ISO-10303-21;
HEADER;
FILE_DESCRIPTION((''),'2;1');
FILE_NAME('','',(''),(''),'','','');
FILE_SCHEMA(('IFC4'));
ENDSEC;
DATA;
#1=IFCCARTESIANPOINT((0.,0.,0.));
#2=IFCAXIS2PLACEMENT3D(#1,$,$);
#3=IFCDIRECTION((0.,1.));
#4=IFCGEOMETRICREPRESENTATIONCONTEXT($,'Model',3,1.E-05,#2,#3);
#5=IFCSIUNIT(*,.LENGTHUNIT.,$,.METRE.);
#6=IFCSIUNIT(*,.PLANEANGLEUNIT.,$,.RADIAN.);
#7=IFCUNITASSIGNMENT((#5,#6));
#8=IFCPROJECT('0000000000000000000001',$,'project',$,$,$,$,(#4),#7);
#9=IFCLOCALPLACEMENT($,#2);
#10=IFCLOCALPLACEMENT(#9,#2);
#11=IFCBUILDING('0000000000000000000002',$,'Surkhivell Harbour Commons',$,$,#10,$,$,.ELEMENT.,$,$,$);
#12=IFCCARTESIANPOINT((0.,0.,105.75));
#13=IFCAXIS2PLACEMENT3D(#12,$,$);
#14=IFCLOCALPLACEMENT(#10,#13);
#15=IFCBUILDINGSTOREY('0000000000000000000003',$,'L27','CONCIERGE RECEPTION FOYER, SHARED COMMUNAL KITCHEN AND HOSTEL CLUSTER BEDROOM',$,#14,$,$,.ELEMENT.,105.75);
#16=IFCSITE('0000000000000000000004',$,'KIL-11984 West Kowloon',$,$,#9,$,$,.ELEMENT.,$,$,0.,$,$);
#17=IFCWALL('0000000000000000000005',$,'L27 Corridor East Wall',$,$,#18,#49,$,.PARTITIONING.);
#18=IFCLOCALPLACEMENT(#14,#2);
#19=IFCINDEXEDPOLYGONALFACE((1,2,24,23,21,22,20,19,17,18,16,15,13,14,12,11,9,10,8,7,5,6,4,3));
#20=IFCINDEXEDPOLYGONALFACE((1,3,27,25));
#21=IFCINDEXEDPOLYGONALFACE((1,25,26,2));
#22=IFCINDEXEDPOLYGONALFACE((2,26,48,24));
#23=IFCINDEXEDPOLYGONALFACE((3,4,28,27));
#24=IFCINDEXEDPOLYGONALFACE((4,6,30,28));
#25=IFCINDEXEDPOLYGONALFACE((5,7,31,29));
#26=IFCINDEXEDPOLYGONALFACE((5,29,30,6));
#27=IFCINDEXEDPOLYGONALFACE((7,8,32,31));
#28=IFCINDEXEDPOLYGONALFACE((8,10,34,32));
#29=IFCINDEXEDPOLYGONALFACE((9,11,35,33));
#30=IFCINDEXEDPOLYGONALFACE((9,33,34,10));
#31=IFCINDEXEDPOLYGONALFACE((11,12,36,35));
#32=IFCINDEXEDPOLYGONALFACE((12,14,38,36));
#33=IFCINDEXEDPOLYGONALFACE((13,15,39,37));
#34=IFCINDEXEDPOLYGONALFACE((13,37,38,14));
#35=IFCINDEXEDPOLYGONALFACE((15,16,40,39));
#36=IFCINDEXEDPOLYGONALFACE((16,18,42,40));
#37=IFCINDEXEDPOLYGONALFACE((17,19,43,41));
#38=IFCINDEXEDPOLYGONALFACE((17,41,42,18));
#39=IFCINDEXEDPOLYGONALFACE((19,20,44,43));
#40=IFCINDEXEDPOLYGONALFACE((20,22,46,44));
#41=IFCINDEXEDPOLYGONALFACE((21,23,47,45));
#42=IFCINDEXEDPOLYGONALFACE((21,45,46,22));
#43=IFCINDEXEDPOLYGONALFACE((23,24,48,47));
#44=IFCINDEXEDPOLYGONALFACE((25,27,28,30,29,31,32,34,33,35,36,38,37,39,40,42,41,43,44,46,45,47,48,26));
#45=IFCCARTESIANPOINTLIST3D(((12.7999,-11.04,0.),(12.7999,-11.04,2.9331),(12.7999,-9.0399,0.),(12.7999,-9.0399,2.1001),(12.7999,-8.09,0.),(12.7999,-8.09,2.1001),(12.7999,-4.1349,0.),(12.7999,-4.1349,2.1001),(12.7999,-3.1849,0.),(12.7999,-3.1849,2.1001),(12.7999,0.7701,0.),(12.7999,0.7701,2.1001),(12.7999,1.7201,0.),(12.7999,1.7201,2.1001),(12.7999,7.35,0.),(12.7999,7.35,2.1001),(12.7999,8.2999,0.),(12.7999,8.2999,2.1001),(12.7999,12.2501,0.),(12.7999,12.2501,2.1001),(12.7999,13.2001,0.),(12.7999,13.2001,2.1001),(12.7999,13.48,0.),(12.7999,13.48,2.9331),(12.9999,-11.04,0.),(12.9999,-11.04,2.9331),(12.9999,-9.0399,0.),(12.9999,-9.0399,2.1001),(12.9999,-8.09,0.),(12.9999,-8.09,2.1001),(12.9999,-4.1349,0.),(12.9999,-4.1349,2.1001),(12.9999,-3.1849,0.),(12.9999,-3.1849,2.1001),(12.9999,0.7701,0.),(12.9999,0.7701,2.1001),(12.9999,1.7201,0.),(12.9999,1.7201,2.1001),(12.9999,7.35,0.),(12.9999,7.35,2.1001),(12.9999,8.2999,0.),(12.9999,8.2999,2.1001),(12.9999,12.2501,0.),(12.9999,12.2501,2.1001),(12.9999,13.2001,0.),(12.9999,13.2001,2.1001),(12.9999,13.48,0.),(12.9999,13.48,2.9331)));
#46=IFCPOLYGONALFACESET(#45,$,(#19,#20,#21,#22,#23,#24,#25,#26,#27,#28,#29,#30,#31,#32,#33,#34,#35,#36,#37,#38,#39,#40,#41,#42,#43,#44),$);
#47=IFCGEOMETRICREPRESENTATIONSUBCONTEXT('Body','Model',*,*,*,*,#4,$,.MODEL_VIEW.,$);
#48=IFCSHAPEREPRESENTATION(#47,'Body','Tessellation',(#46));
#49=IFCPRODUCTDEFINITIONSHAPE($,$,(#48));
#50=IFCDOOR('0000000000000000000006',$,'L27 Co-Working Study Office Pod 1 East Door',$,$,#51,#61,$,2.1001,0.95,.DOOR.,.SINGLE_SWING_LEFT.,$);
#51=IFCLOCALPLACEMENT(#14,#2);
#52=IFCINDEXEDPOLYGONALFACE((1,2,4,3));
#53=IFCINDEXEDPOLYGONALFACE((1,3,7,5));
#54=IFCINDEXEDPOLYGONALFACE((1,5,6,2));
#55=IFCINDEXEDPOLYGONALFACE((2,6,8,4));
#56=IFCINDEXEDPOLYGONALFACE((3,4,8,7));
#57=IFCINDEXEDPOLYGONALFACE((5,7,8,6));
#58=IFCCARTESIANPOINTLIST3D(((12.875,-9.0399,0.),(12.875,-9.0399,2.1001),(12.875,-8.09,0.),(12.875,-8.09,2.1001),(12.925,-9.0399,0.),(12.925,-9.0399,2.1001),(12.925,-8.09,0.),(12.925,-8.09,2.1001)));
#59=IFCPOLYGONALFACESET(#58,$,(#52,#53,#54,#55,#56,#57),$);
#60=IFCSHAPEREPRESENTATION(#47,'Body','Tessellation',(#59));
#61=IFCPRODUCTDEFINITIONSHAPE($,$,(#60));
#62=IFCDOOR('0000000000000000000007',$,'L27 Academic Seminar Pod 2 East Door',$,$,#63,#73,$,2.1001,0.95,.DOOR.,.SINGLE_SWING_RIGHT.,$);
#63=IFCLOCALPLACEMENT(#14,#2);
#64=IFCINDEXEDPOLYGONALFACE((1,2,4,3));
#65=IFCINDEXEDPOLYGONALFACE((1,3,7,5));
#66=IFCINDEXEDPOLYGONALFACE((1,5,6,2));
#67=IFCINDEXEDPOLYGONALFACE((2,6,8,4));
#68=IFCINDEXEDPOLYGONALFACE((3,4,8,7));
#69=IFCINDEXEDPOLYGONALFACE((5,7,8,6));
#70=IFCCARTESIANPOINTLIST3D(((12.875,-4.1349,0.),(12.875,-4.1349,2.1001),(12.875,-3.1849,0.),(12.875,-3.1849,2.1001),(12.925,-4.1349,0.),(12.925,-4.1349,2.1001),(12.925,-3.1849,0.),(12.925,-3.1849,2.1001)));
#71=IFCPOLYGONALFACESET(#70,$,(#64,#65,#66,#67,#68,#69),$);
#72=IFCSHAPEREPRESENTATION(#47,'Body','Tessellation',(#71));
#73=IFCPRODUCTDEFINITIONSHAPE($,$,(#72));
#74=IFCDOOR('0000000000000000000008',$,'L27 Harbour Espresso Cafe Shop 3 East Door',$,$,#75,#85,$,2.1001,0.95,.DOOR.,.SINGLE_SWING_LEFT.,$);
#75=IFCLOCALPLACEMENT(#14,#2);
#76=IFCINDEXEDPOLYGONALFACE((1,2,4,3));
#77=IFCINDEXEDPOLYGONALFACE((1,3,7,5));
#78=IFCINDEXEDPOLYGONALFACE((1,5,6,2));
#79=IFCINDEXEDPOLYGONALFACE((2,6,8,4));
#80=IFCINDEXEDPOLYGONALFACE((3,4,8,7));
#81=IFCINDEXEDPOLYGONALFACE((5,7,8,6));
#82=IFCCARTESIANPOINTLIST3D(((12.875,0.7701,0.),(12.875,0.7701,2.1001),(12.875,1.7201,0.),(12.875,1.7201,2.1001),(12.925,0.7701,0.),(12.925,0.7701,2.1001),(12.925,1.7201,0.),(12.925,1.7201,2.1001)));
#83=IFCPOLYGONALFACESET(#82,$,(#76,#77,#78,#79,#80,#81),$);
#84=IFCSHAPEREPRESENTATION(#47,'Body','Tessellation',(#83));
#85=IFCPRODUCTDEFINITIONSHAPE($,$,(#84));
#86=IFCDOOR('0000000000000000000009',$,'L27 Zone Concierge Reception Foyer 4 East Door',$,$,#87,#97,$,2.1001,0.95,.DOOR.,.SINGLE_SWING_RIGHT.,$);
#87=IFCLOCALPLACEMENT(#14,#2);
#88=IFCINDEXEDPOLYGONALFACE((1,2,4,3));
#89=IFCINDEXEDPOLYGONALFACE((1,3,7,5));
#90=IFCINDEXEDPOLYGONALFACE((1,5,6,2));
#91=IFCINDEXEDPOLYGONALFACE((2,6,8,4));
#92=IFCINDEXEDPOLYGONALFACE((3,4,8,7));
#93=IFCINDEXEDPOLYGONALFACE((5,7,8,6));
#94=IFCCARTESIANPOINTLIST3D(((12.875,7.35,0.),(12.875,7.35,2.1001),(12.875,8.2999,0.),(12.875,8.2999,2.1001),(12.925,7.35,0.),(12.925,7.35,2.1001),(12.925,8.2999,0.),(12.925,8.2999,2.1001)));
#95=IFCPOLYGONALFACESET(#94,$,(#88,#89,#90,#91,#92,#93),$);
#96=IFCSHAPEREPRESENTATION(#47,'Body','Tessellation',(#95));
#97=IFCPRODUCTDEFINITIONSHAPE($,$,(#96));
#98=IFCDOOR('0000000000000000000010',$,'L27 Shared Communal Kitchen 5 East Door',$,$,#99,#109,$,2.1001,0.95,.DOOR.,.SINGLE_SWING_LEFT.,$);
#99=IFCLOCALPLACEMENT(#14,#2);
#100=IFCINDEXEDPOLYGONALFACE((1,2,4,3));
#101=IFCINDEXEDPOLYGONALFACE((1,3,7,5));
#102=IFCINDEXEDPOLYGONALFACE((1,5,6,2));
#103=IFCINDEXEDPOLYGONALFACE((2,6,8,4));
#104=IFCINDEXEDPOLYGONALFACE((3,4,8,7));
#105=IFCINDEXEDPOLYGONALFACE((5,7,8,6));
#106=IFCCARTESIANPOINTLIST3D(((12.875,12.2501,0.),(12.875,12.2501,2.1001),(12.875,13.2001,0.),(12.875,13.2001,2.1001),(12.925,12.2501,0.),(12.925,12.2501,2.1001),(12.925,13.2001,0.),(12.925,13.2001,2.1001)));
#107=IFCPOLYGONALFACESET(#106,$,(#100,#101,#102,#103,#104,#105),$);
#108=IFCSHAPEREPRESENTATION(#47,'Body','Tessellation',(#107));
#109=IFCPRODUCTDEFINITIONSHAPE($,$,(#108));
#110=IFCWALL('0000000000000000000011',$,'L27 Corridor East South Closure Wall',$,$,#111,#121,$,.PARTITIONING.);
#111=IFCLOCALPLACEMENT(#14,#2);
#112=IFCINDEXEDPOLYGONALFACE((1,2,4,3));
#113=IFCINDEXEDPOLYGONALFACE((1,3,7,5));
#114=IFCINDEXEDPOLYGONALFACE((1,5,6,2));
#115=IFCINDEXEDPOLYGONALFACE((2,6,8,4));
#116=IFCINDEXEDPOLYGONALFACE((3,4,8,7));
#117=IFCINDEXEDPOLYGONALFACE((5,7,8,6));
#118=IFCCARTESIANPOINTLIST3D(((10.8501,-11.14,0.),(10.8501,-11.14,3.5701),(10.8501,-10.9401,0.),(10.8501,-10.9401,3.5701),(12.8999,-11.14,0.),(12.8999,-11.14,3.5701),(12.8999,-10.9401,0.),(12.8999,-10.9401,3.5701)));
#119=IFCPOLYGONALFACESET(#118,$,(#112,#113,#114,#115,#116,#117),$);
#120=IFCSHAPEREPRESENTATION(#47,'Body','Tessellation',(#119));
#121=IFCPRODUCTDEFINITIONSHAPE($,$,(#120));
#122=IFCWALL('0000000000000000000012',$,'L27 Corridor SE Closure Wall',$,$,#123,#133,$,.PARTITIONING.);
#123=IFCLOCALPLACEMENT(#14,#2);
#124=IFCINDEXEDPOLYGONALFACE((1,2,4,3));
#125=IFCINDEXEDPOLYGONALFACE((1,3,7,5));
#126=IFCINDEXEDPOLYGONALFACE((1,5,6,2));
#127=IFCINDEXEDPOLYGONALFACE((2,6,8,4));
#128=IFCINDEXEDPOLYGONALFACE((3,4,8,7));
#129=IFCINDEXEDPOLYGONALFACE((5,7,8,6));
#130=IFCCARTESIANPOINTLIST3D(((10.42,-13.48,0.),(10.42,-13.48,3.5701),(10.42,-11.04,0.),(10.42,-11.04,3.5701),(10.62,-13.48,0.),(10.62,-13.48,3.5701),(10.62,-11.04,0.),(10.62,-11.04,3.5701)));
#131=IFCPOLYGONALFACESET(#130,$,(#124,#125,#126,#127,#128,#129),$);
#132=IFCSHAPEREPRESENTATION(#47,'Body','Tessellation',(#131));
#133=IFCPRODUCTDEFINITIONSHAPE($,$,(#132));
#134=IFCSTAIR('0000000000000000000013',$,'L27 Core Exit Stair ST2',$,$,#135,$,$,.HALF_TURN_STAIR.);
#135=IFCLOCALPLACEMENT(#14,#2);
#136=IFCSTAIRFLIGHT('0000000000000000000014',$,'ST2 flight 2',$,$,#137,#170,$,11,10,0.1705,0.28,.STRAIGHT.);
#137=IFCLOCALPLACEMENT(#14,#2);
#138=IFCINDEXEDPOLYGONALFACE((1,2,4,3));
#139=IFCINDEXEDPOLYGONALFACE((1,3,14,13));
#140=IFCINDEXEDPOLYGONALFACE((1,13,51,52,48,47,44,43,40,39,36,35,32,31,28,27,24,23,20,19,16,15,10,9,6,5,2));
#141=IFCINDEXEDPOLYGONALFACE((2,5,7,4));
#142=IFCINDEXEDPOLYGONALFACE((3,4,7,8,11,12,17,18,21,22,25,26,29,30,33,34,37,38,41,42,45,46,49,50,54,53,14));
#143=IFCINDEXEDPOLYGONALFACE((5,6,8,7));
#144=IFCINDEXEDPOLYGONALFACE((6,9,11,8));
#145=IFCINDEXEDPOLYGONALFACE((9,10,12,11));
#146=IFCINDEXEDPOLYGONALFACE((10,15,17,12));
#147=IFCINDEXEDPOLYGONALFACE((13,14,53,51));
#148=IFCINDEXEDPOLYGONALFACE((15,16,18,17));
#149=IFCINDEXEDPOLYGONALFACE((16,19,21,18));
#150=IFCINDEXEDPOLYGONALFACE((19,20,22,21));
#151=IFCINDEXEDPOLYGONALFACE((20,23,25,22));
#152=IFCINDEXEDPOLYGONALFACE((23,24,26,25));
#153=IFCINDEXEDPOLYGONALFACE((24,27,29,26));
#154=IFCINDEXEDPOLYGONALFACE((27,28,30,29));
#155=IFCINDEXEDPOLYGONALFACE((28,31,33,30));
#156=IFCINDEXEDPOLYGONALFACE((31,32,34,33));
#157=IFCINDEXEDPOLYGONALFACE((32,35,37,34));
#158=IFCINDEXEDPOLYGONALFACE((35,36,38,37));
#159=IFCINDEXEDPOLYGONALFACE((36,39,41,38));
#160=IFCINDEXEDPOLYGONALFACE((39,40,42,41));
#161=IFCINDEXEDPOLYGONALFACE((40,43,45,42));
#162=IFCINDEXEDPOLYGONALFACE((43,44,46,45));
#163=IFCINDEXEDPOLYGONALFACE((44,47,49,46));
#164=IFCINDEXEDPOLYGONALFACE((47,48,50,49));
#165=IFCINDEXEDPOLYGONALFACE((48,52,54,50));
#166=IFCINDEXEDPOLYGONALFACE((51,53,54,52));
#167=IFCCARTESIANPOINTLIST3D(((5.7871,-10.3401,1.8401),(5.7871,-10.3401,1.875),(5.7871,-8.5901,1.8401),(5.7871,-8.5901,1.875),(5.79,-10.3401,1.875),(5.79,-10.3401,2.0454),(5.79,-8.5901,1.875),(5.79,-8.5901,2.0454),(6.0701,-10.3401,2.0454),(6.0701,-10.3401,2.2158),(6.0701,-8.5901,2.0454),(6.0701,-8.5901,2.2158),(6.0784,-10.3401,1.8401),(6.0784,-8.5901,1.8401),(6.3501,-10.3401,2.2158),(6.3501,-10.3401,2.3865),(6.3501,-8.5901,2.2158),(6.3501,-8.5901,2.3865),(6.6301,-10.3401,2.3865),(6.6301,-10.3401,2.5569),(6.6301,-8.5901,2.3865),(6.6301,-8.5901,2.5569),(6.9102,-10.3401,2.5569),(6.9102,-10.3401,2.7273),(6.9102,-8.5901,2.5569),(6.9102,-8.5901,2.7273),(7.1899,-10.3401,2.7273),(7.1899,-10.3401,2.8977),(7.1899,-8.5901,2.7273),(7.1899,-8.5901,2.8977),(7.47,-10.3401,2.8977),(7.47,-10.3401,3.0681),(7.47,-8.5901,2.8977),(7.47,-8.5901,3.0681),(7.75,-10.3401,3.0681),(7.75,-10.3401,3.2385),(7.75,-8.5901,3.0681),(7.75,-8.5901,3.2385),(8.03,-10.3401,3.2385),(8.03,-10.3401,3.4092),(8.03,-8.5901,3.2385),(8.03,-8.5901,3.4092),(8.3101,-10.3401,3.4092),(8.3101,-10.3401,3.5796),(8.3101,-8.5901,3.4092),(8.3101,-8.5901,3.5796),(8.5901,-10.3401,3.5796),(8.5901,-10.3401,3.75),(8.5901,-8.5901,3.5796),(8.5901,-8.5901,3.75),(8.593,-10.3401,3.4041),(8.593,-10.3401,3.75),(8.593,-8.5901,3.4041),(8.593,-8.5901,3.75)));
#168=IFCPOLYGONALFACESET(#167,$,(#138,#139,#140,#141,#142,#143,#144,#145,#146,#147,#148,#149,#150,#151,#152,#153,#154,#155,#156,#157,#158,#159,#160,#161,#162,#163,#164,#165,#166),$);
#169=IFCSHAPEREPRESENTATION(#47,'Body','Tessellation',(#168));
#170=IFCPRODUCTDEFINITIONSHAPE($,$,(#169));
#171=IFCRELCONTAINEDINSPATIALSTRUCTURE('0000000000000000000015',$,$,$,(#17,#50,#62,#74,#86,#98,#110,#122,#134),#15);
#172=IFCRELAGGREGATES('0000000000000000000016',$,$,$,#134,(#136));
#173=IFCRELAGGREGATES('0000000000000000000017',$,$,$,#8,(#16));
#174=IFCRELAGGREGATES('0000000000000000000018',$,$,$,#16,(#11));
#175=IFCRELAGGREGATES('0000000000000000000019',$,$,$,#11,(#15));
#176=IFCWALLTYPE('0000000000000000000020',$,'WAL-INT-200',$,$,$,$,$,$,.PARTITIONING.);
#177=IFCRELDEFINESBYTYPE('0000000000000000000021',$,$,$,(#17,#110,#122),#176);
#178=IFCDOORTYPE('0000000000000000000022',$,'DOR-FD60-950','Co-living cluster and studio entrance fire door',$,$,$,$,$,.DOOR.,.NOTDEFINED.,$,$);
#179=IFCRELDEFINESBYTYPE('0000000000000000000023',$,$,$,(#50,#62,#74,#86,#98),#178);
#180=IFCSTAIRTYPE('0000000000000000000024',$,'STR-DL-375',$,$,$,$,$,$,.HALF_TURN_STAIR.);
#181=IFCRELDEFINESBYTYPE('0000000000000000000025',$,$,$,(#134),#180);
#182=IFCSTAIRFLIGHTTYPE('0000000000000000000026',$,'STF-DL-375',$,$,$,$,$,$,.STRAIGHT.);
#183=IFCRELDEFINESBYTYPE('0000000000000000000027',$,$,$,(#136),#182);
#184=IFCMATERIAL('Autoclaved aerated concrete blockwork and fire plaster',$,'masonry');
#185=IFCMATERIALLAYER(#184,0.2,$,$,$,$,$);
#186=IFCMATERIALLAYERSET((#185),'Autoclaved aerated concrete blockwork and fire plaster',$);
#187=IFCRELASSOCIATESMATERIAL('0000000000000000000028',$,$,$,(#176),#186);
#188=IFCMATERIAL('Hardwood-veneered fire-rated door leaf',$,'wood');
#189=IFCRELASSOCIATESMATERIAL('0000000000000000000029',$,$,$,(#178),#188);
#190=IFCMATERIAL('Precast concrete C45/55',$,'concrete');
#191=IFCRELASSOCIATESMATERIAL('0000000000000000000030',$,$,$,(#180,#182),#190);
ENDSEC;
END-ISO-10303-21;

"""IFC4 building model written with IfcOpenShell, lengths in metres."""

from ifc_helpers import new_model, si_unit, direction, frame, frame_2d, origin, place, context, subcontext, project, spatial, polyline, rectangle, outline, extrude, material, layer, layer_set, type_object, element, fill, aggregate, save


model = new_model("IFC4")

# Units and contexts
model_context = context("Model", 3, precision=1e-05, world=origin(), true_north=direction((0.0, 1.0)))
body_context = subcontext(model_context, "Body", "Model", "MODEL_VIEW")
ifc_project = project(units=[si_unit("LENGTHUNIT", "METRE"), si_unit("PLANEANGLEUNIT", "RADIAN")], contexts=[model_context])

# Site, building, storey
site_placement = place(None, origin())
site = spatial("IfcSite", under=ifc_project, at=site_placement, Name="KIL-11984 West Kowloon", CompositionType="ELEMENT", RefElevation=0.0)
building_placement = place(site_placement, origin())
building = spatial("IfcBuilding", under=site, at=building_placement, Name="Surkhivell Harbour Commons", CompositionType="ELEMENT")
storey_placement = place(building_placement, frame((0.0, 0.0, 105.75)))
storey = spatial("IfcBuildingStorey", under=building, at=storey_placement, Name="L27", Description="CONCIERGE RECEPTION FOYER, SHARED COMMUNAL KITCHEN AND HOSTEL CLUSTER BEDROOM", CompositionType="ELEMENT", Elevation=105.75)

# Shared definitions
ifc_material_1 = material(Name="Autoclaved aerated concrete blockwork and fire plaster", Category="masonry")
ifc_layer_1 = layer(ifc_material_1, 0.2)
ifc_layer_set_1 = layer_set([ifc_layer_1], Name="Autoclaved aerated concrete blockwork and fire plaster")
wall_type_1 = type_object("IfcWallType", Name="WAL-INT-200", PredefinedType="PARTITIONING", material=ifc_layer_set_1)

# Wall, openings, doors
wall_1_placement = place(storey_placement, frame((12.8999, -11.04, 0.0), z_axis=(0.0, 0.0, 1.0), x_axis=(0.0, 1.0, 0.0)))
wall_1 = element("IfcWall", 1, at=wall_1_placement, inside=storey, type_object=wall_type_1, Name="L27 Corridor East Wall", PredefinedType="PARTITIONING", context=body_context, shape_type="SweptSolid", body=[
    extrude(rectangle(XDim=24.52, YDim=0.2, at=frame_2d((12.26, 0.0))), origin(), (0.0, 0.0, 1.0), 2.9331),
])
opening_1_placement = place(wall_1_placement, frame((2.0, 0.0, 0.0)))
opening_1 = element("IfcOpeningElement", 2, at=opening_1_placement, cuts=wall_1, PredefinedType="OPENING", context=body_context, shape_type="SweptSolid", body=[
    extrude(rectangle(XDim=0.95, YDim=2.1001, at=frame_2d((0.4751, 1.05))), frame((0.0, 0.1099, 0.0), z_axis=(0.0, -1.0, 0.0), x_axis=(1.0, 0.0, 0.0)), (0.0, 0.0, 1.0), 0.22),
])
opening_2_placement = place(wall_1_placement, frame((6.905, 0.0, 0.0)))
opening_2 = element("IfcOpeningElement", 3, at=opening_2_placement, cuts=wall_1, PredefinedType="OPENING", context=body_context, shape_type="SweptSolid", body=[
    extrude(rectangle(XDim=0.95, YDim=2.1001, at=frame_2d((0.4751, 1.05))), frame((0.0, 0.1099, 0.0), z_axis=(0.0, -1.0, 0.0), x_axis=(1.0, 0.0, 0.0)), (0.0, 0.0, 1.0), 0.22),
])
opening_3_placement = place(wall_1_placement, frame((11.8101, 0.0, 0.0)))
opening_3 = element("IfcOpeningElement", 4, at=opening_3_placement, cuts=wall_1, PredefinedType="OPENING", context=body_context, shape_type="SweptSolid", body=[
    extrude(rectangle(XDim=0.95, YDim=2.1001, at=frame_2d((0.4751, 1.05))), frame((0.0, 0.1099, 0.0), z_axis=(0.0, -1.0, 0.0), x_axis=(1.0, 0.0, 0.0)), (0.0, 0.0, 1.0), 0.22),
])
opening_4_placement = place(wall_1_placement, frame((18.3899, 0.0, 0.0)))
opening_4 = element("IfcOpeningElement", 5, at=opening_4_placement, cuts=wall_1, PredefinedType="OPENING", context=body_context, shape_type="SweptSolid", body=[
    extrude(rectangle(XDim=0.95, YDim=2.1001, at=frame_2d((0.4751, 1.05))), frame((0.0, 0.1099, 0.0), z_axis=(0.0, -1.0, 0.0), x_axis=(1.0, 0.0, 0.0)), (0.0, 0.0, 1.0), 0.22),
])
opening_5_placement = place(wall_1_placement, frame((23.29, 0.0, 0.0)))
opening_5 = element("IfcOpeningElement", 6, at=opening_5_placement, cuts=wall_1, PredefinedType="OPENING", context=body_context, shape_type="SweptSolid", body=[
    extrude(rectangle(XDim=0.95, YDim=2.1001, at=frame_2d((0.4751, 1.05))), frame((0.0, 0.1099, 0.0), z_axis=(0.0, -1.0, 0.0), x_axis=(1.0, 0.0, 0.0)), (0.0, 0.0, 1.0), 0.22),
])
ifc_material_2 = material(Name="Hardwood-veneered fire-rated door leaf", Category="wood")
door_type = type_object("IfcDoorType", Name="DOR-FD60-950", Description="Co-living cluster and studio entrance fire door", OperationType="NOTDEFINED", PredefinedType="DOOR", material=ifc_material_2)
door_1_placement = place(opening_1_placement, origin())
door_1 = element("IfcDoor", 7, at=door_1_placement, inside=storey, type_object=door_type, Name="L27 Co-Working Study Office Pod 1 East Door", OperationType="SINGLE_SWING_LEFT", OverallHeight=2.1001, OverallWidth=0.95, PredefinedType="DOOR", context=body_context, shape_type="SweptSolid", body=[
    extrude(rectangle(XDim=0.95, YDim=2.1001, at=frame_2d((0.4751, 1.05))), frame((0.0, 0.0249, 0.0), z_axis=(0.0, -1.0, 0.0), x_axis=(1.0, 0.0, 0.0)), (0.0, 0.0, 1.0), 0.05),
])
fill(opening_1, door_1)
door_2_placement = place(opening_2_placement, origin())
door_2 = element("IfcDoor", 8, at=door_2_placement, inside=storey, type_object=door_type, Name="L27 Academic Seminar Pod 2 East Door", OperationType="SINGLE_SWING_RIGHT", OverallHeight=2.1001, OverallWidth=0.95, PredefinedType="DOOR", context=body_context, shape_type="SweptSolid", body=[
    extrude(rectangle(XDim=0.95, YDim=2.1001, at=frame_2d((0.4751, 1.05))), frame((0.0, 0.0249, 0.0), z_axis=(0.0, -1.0, 0.0), x_axis=(1.0, 0.0, 0.0)), (0.0, 0.0, 1.0), 0.05),
])
fill(opening_2, door_2)
door_3_placement = place(opening_3_placement, origin())
door_3 = element("IfcDoor", 9, at=door_3_placement, inside=storey, type_object=door_type, Name="L27 Harbour Espresso Cafe Shop 3 East Door", OperationType="SINGLE_SWING_LEFT", OverallHeight=2.1001, OverallWidth=0.95, PredefinedType="DOOR", context=body_context, shape_type="SweptSolid", body=[
    extrude(rectangle(XDim=0.95, YDim=2.1001, at=frame_2d((0.4751, 1.05))), frame((0.0, 0.0249, 0.0), z_axis=(0.0, -1.0, 0.0), x_axis=(1.0, 0.0, 0.0)), (0.0, 0.0, 1.0), 0.05),
])
fill(opening_3, door_3)
door_4_placement = place(opening_4_placement, origin())
door_4 = element("IfcDoor", 10, at=door_4_placement, inside=storey, type_object=door_type, Name="L27 Zone Concierge Reception Foyer 4 East Door", OperationType="SINGLE_SWING_RIGHT", OverallHeight=2.1001, OverallWidth=0.95, PredefinedType="DOOR", context=body_context, shape_type="SweptSolid", body=[
    extrude(rectangle(XDim=0.95, YDim=2.1001, at=frame_2d((0.4751, 1.05))), frame((0.0, 0.0249, 0.0), z_axis=(0.0, -1.0, 0.0), x_axis=(1.0, 0.0, 0.0)), (0.0, 0.0, 1.0), 0.05),
])
fill(opening_4, door_4)
door_5_placement = place(opening_5_placement, origin())
door_5 = element("IfcDoor", 11, at=door_5_placement, inside=storey, type_object=door_type, Name="L27 Shared Communal Kitchen 5 East Door", OperationType="SINGLE_SWING_LEFT", OverallHeight=2.1001, OverallWidth=0.95, PredefinedType="DOOR", context=body_context, shape_type="SweptSolid", body=[
    extrude(rectangle(XDim=0.95, YDim=2.1001, at=frame_2d((0.4751, 1.05))), frame((0.0, 0.0249, 0.0), z_axis=(0.0, -1.0, 0.0), x_axis=(1.0, 0.0, 0.0)), (0.0, 0.0, 1.0), 0.05),
])
fill(opening_5, door_5)

# Walls
wall_2_placement = place(storey_placement, frame((10.8501, -11.04, 0.0), z_axis=(0.0, 0.0, 1.0), x_axis=(1.0, 0.0, 0.0)))
element("IfcWall", 12, at=wall_2_placement, inside=storey, type_object=wall_type_1, Name="L27 Corridor East South Closure Wall", PredefinedType="PARTITIONING", context=body_context, shape_type="SweptSolid", body=[
    extrude(rectangle(XDim=2.0498, YDim=0.2, at=frame_2d((1.0249, 0.0))), origin(), (0.0, 0.0, 1.0), 3.5701),
])
wall_3_placement = place(storey_placement, frame((10.52, -13.48, 0.0), z_axis=(0.0, 0.0, 1.0), x_axis=(0.0, 1.0, 0.0)))
element("IfcWall", 13, at=wall_3_placement, inside=storey, type_object=wall_type_1, Name="L27 Corridor SE Closure Wall", PredefinedType="PARTITIONING", context=body_context, shape_type="SweptSolid", body=[
    extrude(rectangle(XDim=2.4399, YDim=0.2, at=frame_2d((1.22, 0.0))), origin(), (0.0, 0.0, 1.0), 3.5701),
])

# Stair, stair flight
ifc_material_3 = material(Name="Precast concrete C45/55", Category="concrete")
stair_type = type_object("IfcStairType", Name="STR-DL-375", PredefinedType="HALF_TURN_STAIR", material=ifc_material_3)
stair_placement = place(storey_placement, origin())
stair = element("IfcStair", 14, at=stair_placement, inside=storey, type_object=stair_type, Name="L27 Core Exit Stair ST2", PredefinedType="HALF_TURN_STAIR")
stair_flight_type = type_object("IfcStairFlightType", Name="STF-DL-375", PredefinedType="STRAIGHT", material=ifc_material_3)
stair_flight_placement = place(storey_placement, frame((5.79, -9.4651, 1.875), z_axis=(0.0, 0.0, 1.0), x_axis=(1.0, 0.0, 0.0)))
stair_flight = element("IfcStairFlight", 15, at=stair_flight_placement, type_object=stair_flight_type, Name="ST2 flight 2", NumberOfRisers=11, NumberOfTreads=10, PredefinedType="STRAIGHT", RiserHeight=0.1705, TreadLength=0.28, context=body_context, shape_type="SweptSolid", body=[
    extrude(outline(polyline([(-0.0029, -0.0349), (-0.0029, 0.0), (0.0, 0.0), (0.0, 0.1704), (0.28, 0.1704), (0.28, 0.3408), (0.5601, 0.3408), (0.5601, 0.5115), (0.8401, 0.5115), (0.8401, 0.6819), (1.1201, 0.6819), (1.1201, 0.8523), (1.3999, 0.8523), (1.3999, 1.0227), (1.6799, 1.0227), (1.6799, 1.1931), (1.96, 1.1931), (1.96, 1.3635), (2.24, 1.3635), (2.24, 1.5342), (2.52, 1.5342), (2.52, 1.7046), (2.8, 1.7046), (2.8, 1.875), (2.803, 1.875), (2.803, 1.5291), (0.2883, -0.0349), (-0.0029, -0.0349)])), frame((0.0, 0.875, 0.0), z_axis=(0.0, -1.0, 0.0), x_axis=(1.0, 0.0, 0.0)), (0.0, 0.0, 1.0), 1.75),
])
aggregate(stair, [stair_flight])

save(model, "model.ifc")
